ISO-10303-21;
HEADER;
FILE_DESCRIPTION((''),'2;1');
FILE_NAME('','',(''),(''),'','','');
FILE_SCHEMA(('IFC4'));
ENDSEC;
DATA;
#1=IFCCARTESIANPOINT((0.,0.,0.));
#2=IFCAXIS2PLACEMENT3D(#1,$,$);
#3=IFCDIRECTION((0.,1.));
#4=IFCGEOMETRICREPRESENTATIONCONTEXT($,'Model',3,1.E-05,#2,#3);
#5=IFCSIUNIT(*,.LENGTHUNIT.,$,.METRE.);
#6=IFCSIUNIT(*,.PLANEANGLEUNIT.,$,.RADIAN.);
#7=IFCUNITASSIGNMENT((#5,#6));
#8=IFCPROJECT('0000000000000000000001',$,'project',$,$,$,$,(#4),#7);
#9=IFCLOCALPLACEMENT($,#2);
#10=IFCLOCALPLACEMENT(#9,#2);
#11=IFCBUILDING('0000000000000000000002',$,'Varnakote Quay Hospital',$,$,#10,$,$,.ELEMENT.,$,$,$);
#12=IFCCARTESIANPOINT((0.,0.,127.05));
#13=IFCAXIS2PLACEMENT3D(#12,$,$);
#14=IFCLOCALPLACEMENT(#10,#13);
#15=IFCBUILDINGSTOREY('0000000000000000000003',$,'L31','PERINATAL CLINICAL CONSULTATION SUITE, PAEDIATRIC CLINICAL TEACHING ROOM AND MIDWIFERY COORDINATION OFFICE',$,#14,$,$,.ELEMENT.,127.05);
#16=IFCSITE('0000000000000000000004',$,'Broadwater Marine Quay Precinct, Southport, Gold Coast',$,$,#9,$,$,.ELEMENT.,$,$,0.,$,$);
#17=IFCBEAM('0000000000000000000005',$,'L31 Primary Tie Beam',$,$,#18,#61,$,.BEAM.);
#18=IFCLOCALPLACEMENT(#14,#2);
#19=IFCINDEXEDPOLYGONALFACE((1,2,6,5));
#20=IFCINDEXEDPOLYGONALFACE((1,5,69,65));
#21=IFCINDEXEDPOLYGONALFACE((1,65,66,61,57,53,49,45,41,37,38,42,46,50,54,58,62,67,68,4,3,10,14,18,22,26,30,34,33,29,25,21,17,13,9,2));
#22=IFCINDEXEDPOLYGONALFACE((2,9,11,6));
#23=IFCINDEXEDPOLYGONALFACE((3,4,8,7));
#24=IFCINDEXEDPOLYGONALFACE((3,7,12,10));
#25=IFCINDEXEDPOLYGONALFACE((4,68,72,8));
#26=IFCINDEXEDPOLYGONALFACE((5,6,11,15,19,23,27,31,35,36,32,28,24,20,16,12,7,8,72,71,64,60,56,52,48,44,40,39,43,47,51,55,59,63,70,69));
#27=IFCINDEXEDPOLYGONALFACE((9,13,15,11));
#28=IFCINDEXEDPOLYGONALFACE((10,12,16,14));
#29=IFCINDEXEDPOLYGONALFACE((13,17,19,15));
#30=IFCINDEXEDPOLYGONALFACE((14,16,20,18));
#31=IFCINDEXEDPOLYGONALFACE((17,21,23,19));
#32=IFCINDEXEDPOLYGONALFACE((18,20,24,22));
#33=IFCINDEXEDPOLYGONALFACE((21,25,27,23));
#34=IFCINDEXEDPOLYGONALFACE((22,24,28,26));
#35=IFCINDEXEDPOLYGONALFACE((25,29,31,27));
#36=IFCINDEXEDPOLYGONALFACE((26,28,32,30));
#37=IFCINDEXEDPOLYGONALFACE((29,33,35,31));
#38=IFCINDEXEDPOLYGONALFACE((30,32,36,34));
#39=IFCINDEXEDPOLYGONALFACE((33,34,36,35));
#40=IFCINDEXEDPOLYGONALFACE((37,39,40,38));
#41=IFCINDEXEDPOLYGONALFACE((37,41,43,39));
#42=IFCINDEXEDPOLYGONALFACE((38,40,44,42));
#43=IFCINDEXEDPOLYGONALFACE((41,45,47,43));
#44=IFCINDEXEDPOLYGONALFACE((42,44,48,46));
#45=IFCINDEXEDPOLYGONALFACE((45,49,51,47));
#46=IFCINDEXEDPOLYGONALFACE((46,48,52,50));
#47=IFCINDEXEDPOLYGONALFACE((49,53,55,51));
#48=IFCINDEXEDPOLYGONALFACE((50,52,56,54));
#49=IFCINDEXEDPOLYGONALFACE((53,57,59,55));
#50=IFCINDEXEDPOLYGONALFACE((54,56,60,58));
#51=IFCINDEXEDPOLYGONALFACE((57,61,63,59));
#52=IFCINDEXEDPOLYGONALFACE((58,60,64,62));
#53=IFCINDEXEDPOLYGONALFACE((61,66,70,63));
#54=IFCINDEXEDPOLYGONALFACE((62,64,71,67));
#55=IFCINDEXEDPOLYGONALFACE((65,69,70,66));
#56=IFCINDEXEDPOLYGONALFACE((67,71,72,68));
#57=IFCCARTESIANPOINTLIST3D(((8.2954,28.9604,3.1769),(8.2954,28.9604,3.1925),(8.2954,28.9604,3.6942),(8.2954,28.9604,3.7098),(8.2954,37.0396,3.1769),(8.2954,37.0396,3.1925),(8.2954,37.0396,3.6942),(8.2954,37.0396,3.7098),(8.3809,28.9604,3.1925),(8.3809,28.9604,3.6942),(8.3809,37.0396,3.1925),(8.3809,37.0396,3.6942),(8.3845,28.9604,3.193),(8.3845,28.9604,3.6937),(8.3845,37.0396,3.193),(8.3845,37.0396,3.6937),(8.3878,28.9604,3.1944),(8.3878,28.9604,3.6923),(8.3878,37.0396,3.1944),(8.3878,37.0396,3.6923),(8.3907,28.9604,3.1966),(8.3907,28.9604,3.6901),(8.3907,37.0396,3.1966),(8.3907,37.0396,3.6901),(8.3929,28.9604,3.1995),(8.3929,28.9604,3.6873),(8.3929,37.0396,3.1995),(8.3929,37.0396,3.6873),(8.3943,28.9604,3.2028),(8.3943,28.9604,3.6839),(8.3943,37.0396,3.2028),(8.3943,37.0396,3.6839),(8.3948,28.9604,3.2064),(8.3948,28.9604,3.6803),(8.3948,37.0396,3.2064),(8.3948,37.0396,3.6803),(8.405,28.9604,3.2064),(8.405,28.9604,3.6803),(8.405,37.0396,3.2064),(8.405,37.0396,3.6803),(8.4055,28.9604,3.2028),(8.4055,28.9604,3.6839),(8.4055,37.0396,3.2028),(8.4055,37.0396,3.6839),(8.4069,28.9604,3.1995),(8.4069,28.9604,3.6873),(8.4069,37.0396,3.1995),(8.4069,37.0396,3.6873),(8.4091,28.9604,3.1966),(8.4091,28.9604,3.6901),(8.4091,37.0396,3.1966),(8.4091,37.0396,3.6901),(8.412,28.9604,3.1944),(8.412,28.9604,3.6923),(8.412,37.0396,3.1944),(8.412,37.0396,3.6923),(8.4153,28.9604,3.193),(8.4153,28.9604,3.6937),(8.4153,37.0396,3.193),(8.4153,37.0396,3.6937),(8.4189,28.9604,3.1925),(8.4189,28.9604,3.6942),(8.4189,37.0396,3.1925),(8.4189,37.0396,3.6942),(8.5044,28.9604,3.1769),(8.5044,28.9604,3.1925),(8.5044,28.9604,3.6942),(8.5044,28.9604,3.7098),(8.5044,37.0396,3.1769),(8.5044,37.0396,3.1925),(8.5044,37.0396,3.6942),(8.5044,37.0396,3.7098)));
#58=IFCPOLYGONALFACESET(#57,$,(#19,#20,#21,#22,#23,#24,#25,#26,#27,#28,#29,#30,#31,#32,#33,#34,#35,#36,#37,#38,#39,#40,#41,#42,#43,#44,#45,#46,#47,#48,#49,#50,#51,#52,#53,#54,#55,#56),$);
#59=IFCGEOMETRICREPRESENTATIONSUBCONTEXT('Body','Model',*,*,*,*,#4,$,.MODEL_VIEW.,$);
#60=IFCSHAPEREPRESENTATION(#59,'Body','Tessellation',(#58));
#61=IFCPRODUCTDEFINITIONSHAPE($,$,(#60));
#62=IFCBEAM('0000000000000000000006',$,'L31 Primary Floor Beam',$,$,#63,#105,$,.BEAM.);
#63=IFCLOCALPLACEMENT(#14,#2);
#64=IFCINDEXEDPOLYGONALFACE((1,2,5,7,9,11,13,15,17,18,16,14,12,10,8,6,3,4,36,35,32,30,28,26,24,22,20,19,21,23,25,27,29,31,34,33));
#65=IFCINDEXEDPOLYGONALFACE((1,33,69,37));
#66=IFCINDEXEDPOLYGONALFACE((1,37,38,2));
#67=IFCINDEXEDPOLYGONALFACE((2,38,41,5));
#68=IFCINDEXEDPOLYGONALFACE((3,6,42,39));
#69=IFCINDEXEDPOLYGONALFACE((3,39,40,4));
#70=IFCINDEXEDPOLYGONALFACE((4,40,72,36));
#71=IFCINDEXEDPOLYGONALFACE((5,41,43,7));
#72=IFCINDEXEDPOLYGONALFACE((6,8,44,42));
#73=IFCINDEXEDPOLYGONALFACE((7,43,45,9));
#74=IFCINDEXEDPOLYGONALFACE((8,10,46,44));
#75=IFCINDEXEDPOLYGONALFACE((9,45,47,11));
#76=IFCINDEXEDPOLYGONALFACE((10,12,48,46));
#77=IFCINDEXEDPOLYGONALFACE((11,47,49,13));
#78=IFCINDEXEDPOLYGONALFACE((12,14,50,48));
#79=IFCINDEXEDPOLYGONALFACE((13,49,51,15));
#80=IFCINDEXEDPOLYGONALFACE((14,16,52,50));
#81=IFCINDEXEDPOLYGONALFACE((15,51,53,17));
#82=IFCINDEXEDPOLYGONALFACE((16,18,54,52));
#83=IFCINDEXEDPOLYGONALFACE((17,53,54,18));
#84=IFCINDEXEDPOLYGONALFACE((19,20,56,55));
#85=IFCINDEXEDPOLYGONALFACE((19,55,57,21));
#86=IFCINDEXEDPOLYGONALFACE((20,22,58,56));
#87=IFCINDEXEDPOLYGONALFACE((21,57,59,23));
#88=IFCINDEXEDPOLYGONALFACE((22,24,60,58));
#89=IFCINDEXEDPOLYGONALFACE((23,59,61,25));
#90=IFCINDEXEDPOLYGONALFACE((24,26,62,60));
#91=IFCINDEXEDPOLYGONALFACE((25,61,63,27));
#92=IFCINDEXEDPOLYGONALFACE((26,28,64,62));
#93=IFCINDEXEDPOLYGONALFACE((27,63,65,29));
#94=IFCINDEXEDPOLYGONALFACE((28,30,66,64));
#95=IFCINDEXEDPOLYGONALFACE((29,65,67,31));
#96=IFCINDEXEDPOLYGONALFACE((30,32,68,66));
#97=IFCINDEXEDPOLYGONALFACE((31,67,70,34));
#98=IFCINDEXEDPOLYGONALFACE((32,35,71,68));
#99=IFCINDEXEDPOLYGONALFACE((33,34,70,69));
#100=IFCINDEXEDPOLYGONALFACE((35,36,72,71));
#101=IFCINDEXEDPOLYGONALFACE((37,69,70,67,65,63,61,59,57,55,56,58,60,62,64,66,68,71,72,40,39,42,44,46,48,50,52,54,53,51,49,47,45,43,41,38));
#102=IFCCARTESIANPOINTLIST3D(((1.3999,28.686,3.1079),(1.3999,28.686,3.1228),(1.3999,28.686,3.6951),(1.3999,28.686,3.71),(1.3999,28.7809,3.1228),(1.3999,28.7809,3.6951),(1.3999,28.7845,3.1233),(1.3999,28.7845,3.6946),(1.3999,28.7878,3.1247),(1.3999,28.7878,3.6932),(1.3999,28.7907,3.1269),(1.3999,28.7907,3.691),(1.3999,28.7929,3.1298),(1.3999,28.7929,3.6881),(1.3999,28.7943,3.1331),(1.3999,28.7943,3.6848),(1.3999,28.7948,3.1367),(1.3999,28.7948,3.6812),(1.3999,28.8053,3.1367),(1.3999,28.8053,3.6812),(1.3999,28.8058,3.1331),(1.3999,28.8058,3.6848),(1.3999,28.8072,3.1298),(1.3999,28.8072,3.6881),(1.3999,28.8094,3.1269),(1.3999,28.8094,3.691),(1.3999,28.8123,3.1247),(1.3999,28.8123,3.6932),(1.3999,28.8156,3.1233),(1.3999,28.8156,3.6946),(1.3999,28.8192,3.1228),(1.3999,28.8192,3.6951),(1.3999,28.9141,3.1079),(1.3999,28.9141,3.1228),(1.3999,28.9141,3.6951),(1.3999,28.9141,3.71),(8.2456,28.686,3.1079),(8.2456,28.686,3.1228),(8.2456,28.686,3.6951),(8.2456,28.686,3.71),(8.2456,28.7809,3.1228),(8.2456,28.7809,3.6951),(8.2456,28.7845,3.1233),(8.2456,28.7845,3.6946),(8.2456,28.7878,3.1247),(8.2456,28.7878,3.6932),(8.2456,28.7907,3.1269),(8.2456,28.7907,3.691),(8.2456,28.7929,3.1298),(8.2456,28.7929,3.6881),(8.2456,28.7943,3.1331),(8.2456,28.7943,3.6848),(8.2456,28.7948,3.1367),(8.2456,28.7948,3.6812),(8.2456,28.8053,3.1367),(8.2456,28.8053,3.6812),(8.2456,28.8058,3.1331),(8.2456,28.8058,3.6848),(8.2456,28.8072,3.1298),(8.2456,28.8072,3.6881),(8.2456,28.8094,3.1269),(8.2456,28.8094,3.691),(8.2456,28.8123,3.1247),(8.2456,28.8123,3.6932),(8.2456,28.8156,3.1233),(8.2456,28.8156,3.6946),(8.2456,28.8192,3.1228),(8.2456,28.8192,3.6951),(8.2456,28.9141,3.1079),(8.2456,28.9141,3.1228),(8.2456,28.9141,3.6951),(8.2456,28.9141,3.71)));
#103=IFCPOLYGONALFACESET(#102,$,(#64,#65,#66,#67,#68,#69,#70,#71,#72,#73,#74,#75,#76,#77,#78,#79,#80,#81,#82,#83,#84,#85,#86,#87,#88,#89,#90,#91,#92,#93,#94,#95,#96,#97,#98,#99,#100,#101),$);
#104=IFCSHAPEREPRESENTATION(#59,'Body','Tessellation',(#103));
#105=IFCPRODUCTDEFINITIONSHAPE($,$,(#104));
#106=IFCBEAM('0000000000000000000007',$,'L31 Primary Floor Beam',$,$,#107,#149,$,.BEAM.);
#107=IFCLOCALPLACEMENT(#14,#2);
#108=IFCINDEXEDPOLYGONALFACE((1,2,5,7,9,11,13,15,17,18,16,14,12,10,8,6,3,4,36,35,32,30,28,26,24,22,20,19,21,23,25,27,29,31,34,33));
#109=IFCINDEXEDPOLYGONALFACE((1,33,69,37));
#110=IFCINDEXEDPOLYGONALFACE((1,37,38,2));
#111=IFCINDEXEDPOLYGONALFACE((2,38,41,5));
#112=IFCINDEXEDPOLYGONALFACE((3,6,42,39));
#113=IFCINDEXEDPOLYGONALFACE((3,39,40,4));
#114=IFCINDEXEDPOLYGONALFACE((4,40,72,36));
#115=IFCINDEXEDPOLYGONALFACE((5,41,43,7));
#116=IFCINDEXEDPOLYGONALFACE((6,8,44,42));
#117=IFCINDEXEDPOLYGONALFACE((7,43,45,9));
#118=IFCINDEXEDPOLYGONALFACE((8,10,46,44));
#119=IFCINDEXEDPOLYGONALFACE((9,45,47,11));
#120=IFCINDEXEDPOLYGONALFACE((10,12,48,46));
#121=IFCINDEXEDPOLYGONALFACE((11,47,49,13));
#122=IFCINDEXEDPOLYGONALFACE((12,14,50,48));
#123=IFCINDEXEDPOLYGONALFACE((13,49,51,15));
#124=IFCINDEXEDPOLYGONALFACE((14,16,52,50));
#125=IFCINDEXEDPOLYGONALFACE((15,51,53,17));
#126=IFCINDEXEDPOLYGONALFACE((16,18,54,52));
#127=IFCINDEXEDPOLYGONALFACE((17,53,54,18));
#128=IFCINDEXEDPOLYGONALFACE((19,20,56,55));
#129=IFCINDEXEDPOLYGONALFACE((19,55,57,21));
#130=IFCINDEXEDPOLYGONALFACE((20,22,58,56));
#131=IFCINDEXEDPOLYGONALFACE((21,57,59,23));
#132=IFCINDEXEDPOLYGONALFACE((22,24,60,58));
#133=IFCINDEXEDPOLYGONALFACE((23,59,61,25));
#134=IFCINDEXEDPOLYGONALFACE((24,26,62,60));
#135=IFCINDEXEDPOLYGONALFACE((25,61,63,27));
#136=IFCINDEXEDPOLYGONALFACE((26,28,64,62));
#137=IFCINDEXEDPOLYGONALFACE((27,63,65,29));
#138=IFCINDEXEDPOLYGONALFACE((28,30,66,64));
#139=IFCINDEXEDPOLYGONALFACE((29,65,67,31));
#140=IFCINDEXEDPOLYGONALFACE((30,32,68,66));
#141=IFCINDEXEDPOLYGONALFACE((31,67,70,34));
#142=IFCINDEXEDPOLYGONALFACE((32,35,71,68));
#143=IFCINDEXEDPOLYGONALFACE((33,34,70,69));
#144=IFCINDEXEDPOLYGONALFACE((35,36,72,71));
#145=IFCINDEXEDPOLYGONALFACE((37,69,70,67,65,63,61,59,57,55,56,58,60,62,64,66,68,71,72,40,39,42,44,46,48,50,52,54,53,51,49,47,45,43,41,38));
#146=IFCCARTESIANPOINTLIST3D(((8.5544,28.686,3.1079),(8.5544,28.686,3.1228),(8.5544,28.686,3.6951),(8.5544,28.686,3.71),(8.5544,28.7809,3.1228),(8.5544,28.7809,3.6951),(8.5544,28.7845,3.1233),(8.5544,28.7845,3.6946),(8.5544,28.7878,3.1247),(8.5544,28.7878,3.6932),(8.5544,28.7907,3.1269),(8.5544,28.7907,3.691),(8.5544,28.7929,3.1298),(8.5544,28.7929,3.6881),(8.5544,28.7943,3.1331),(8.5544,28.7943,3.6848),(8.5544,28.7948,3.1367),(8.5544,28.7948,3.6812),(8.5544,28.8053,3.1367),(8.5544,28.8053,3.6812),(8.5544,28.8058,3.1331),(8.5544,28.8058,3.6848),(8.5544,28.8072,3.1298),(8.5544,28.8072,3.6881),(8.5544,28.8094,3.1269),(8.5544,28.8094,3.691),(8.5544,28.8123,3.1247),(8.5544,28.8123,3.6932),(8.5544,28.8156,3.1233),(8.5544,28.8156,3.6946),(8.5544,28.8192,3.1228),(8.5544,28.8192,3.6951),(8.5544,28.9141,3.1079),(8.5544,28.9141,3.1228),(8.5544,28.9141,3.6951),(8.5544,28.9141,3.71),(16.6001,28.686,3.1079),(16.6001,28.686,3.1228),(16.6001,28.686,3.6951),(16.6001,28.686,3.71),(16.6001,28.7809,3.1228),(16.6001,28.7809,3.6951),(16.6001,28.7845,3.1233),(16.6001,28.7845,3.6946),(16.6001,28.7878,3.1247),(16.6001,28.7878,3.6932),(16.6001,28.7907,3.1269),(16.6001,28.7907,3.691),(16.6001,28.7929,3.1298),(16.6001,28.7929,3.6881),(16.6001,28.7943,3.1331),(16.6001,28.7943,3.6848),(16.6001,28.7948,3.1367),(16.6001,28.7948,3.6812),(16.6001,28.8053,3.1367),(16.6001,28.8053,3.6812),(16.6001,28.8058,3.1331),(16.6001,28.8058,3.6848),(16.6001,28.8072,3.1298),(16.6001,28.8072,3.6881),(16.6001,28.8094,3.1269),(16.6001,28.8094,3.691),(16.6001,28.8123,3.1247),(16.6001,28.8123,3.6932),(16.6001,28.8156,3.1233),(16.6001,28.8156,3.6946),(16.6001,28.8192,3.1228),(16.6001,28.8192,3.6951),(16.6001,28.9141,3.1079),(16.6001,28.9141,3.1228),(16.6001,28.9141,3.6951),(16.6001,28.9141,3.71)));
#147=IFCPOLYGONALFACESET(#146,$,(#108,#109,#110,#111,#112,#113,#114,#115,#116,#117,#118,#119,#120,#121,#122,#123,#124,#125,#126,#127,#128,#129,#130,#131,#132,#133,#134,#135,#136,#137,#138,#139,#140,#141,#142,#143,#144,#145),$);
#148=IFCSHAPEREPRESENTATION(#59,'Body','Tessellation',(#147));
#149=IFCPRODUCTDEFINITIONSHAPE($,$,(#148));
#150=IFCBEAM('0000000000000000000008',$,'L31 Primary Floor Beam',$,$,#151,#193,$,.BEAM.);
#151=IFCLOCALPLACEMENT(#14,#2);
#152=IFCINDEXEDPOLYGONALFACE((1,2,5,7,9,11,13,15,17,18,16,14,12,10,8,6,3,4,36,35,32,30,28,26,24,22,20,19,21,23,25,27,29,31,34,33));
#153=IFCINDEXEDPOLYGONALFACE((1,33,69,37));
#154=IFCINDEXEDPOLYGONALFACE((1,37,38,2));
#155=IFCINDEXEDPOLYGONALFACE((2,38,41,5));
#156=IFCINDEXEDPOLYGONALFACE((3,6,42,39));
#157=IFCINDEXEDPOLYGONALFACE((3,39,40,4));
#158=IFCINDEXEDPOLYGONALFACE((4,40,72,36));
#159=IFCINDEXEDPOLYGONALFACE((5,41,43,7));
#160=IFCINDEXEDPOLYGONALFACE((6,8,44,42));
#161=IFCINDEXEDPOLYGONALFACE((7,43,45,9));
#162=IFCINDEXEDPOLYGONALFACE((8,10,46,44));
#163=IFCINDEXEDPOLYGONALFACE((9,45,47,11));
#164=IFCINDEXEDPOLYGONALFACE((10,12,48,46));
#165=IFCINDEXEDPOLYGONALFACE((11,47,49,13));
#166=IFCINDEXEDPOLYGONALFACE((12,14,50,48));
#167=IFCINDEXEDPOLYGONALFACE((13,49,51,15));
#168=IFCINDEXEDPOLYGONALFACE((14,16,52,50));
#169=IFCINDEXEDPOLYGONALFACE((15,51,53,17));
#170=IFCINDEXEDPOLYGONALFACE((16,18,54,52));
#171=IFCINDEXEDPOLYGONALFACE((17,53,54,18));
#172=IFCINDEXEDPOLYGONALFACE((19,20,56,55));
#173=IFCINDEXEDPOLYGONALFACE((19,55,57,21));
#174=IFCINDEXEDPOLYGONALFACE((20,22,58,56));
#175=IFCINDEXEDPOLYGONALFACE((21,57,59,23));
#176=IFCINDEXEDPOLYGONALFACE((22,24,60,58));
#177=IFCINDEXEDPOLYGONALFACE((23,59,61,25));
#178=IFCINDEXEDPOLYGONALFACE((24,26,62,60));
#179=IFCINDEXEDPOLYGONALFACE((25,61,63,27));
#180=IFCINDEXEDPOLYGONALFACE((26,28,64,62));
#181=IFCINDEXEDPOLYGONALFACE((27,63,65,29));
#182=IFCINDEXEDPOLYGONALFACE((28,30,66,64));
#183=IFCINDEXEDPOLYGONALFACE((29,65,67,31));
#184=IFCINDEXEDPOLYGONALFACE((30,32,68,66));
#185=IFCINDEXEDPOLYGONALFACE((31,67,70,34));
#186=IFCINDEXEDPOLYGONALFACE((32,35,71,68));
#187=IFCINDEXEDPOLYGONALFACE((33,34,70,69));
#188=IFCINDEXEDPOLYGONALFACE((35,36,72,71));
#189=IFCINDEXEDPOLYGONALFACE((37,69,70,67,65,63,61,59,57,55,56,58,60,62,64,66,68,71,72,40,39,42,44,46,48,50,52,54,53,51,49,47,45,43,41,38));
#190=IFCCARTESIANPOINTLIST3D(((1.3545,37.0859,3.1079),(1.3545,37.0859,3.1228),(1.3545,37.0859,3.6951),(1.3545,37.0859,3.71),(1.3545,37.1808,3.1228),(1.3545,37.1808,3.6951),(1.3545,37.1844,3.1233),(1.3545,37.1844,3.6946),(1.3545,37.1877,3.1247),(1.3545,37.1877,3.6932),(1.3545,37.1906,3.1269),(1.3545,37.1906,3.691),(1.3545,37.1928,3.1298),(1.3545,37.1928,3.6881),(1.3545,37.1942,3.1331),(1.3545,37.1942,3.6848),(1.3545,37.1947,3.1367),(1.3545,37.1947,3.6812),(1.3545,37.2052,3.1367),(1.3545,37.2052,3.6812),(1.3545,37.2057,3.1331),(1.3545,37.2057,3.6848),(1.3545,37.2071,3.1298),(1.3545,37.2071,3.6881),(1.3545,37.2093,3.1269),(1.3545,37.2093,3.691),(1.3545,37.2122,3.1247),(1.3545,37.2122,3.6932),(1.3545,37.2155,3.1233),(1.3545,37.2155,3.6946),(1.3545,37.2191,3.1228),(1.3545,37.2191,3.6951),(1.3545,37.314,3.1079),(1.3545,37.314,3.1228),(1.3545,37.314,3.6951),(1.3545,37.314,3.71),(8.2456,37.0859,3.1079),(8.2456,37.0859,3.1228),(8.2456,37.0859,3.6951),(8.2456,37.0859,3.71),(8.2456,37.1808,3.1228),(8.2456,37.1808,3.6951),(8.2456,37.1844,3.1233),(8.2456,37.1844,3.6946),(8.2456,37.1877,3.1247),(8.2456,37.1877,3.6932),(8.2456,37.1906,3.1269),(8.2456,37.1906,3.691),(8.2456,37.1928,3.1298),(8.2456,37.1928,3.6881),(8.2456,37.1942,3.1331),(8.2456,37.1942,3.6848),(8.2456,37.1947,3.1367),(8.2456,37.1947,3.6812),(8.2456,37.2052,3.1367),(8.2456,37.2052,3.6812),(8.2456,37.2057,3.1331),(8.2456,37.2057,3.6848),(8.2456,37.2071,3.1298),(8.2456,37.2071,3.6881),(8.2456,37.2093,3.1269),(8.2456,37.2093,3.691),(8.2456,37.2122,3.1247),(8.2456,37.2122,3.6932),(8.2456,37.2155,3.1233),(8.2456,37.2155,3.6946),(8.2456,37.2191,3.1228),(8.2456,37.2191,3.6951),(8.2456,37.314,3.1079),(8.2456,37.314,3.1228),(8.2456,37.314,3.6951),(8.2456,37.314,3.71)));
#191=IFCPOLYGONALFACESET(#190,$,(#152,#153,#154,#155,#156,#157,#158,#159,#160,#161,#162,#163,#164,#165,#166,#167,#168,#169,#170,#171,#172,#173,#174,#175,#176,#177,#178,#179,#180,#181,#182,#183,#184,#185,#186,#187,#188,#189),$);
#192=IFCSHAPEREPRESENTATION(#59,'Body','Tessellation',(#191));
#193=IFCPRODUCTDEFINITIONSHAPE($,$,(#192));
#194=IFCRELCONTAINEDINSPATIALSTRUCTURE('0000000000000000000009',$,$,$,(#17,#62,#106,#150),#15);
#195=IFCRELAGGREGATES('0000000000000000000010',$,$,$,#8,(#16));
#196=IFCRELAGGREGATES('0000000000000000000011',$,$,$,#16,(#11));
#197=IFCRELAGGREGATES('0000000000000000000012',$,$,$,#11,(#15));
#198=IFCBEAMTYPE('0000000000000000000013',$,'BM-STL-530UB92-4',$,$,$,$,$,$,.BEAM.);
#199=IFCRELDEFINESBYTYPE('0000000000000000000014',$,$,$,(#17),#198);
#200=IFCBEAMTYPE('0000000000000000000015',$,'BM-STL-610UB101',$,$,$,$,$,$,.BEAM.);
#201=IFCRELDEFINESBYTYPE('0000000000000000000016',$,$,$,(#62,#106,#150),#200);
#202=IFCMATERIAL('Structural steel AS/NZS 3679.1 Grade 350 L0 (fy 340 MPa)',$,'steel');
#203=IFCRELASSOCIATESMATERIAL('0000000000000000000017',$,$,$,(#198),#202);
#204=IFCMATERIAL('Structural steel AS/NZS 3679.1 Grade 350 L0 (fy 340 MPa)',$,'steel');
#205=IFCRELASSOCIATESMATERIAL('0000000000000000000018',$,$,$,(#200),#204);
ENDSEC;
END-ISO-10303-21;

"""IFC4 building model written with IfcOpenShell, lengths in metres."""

from ifc_helpers import new_model, si_unit, direction, frame, origin, origin_2d, place, context, subcontext, project, spatial, i_section, extrude, material, material_profile, profile_set, type_object, element, save


model = new_model("IFC4")

# Units and contexts
model_context = context("Model", 3, precision=1e-05, world=origin(), true_north=direction((0.0, 1.0)))
body_context = subcontext(model_context, "Body", "Model", "MODEL_VIEW")
ifc_project = project(units=[si_unit("LENGTHUNIT", "METRE"), si_unit("PLANEANGLEUNIT", "RADIAN")], contexts=[model_context])

# Site, building, storey
site_placement = place(None, origin())
site = spatial("IfcSite", under=ifc_project, at=site_placement, Name="Broadwater Marine Quay Precinct, Southport, Gold Coast", CompositionType="ELEMENT", RefElevation=0.0)
building_placement = place(site_placement, origin())
building = spatial("IfcBuilding", under=site, at=building_placement, Name="Varnakote Quay Hospital", CompositionType="ELEMENT")
storey_placement = place(building_placement, frame((0.0, 0.0, 127.05)))
storey = spatial("IfcBuildingStorey", under=building, at=storey_placement, Name="L31", Description="PERINATAL CLINICAL CONSULTATION SUITE, PAEDIATRIC CLINICAL TEACHING ROOM AND MIDWIFERY COORDINATION OFFICE", CompositionType="ELEMENT", Elevation=127.05)

# Beams
ifc_material_1 = material(Name="Structural steel AS/NZS 3679.1 Grade 350 L0 (fy 340 MPa)", Category="steel")
ifc_material_profile_1 = material_profile(ifc_material_1, i_section(OverallWidth=0.209, OverallDepth=0.533, WebThickness=0.0103, FlangeThickness=0.0156, FilletRadius=0.0139, at=origin_2d()), Name="530UB92.4")
ifc_profile_set_1 = profile_set([ifc_material_profile_1], Name="Structural steel AS/NZS 3679.1 Grade 350 L0 (fy 340 MPa)")
beam_type_1 = type_object("IfcBeamType", Name="BM-STL-530UB92-4", PredefinedType="BEAM", material=ifc_profile_set_1)
beam_1_placement = place(storey_placement, frame((8.3999, 28.9604, 3.4434), z_axis=(0.0, 1.0, 0.0), x_axis=(-1.0, 0.0, 0.0)))
element("IfcBeam", 1, at=beam_1_placement, inside=storey, type_object=beam_type_1, Name="L31 Primary Tie Beam", PredefinedType="BEAM", context=body_context, shape_type="SweptSolid", body=[
    extrude(i_section(OverallWidth=0.209, OverallDepth=0.533, WebThickness=0.0103, FlangeThickness=0.0156, FilletRadius=0.0139, at=origin_2d()), origin(), (0.0, 0.0, 1.0), 8.0791),
])
ifc_material_2 = material(Name="Structural steel AS/NZS 3679.1 Grade 350 L0 (fy 340 MPa)", Category="steel")
ifc_material_profile_2 = material_profile(ifc_material_2, i_section(OverallWidth=0.228, OverallDepth=0.6021, WebThickness=0.0105, FlangeThickness=0.0149, FilletRadius=0.0139, at=origin_2d()), Name="610UB101")
ifc_profile_set_2 = profile_set([ifc_material_profile_2], Name="Structural steel AS/NZS 3679.1 Grade 350 L0 (fy 340 MPa)")
beam_type_2 = type_object("IfcBeamType", Name="BM-STL-610UB101", PredefinedType="BEAM", material=ifc_profile_set_2)
beam_2_placement = place(storey_placement, frame((1.3999, 28.8, 3.4089), z_axis=(1.0, 0.0, 0.0), x_axis=(0.0, 1.0, 0.0)))
element("IfcBeam", 2, at=beam_2_placement, inside=storey, type_object=beam_type_2, Name="L31 Primary Floor Beam", PredefinedType="BEAM", context=body_context, shape_type="SweptSolid", body=[
    extrude(i_section(OverallWidth=0.228, OverallDepth=0.6021, WebThickness=0.0105, FlangeThickness=0.0149, FilletRadius=0.0139, at=origin_2d()), origin(), (0.0, 0.0, 1.0), 6.8457),
])
beam_3_placement = place(storey_placement, frame((8.5544, 28.8, 3.4089), z_axis=(1.0, 0.0, 0.0), x_axis=(0.0, 1.0, 0.0)))
element("IfcBeam", 3, at=beam_3_placement, inside=storey, type_object=beam_type_2, Name="L31 Primary Floor Beam", PredefinedType="BEAM", context=body_context, shape_type="SweptSolid", body=[
    extrude(i_section(OverallWidth=0.228, OverallDepth=0.6021, WebThickness=0.0105, FlangeThickness=0.0149, FilletRadius=0.0139, at=origin_2d()), origin(), (0.0, 0.0, 1.0), 8.0457),
])
beam_4_placement = place(storey_placement, frame((1.3545, 37.2, 3.4089), z_axis=(1.0, 0.0, 0.0), x_axis=(0.0, 1.0, 0.0)))
element("IfcBeam", 4, at=beam_4_placement, inside=storey, type_object=beam_type_2, Name="L31 Primary Floor Beam", PredefinedType="BEAM", context=body_context, shape_type="SweptSolid", body=[
    extrude(i_section(OverallWidth=0.228, OverallDepth=0.6021, WebThickness=0.0105, FlangeThickness=0.0149, FilletRadius=0.0139, at=origin_2d()), origin(), (0.0, 0.0, 1.0), 6.8911),
])

save(model, "model.ifc")
